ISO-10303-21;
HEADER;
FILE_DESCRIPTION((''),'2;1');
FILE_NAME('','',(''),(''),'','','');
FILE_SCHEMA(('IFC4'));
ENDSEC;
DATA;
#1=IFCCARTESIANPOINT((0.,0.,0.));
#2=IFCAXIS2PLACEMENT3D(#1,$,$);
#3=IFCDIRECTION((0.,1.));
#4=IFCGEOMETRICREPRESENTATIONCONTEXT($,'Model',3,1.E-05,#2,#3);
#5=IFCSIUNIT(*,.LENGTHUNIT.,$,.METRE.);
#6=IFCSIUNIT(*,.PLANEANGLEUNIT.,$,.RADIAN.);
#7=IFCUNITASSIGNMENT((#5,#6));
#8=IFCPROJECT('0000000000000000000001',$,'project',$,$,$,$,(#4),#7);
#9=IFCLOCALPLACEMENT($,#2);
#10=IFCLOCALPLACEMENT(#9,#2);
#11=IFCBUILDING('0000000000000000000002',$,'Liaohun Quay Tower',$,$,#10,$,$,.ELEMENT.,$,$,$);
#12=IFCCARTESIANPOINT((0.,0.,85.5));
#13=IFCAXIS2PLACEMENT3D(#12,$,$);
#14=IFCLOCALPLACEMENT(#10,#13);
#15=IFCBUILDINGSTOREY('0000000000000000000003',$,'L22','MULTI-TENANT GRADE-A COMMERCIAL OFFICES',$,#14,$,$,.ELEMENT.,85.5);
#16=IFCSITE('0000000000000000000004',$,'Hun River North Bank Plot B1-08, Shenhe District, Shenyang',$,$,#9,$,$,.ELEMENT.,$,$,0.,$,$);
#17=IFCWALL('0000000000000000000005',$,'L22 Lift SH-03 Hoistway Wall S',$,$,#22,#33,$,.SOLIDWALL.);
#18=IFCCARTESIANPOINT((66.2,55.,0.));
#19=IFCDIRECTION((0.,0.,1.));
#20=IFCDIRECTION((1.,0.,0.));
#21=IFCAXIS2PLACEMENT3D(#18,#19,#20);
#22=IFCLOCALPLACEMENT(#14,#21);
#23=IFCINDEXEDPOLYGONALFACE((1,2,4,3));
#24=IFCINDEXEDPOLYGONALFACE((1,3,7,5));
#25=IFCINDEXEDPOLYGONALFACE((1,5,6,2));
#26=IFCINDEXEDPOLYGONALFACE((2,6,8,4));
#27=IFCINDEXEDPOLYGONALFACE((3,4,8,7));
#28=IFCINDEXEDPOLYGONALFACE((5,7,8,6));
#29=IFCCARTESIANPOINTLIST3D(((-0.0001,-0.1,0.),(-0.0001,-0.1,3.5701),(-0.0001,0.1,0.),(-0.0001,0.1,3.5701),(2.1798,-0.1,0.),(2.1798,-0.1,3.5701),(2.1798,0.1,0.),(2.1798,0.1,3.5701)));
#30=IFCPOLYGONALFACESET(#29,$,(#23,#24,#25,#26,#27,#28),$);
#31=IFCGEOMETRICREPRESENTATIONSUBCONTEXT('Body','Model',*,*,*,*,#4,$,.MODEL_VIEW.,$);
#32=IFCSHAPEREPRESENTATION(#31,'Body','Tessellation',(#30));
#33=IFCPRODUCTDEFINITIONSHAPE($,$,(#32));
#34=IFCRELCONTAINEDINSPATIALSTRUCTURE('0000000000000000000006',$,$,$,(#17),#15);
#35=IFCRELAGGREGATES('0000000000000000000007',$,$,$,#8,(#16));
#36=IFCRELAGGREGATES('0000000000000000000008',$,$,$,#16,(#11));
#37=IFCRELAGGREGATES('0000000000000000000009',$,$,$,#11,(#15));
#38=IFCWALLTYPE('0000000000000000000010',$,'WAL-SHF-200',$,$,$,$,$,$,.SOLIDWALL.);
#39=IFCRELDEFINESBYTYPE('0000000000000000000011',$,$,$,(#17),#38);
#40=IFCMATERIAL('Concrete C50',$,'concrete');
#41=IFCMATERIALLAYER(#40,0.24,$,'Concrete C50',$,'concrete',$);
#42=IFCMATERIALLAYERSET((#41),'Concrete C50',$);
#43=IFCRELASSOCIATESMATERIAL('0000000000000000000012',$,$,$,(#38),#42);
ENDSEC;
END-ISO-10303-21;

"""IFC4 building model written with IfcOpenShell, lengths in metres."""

from ifc_helpers import new_model, si_unit, direction, frame, frame_2d, origin, place, context, subcontext, project, spatial, rectangle, extrude, material, layer, layer_set, type_object, element, save


model = new_model("IFC4")

# Units and contexts
model_context = context("Model", 3, precision=1e-05, world=origin(), true_north=direction((0.0, 1.0)))
body_context = subcontext(model_context, "Body", "Model", "MODEL_VIEW")
ifc_project = project(units=[si_unit("LENGTHUNIT", "METRE"), si_unit("PLANEANGLEUNIT", "RADIAN")], contexts=[model_context])

# Site, building, storey
site_placement = place(None, origin())
site = spatial("IfcSite", under=ifc_project, at=site_placement, Name="Hun River North Bank Plot B1-08, Shenhe District, Shenyang", CompositionType="ELEMENT", RefElevation=0.0)
building_placement = place(site_placement, origin())
building = spatial("IfcBuilding", under=site, at=building_placement, Name="Liaohun Quay Tower", CompositionType="ELEMENT")
storey_placement = place(building_placement, frame((0.0, 0.0, 85.5)))
storey = spatial("IfcBuildingStorey", under=building, at=storey_placement, Name="L22", Description="MULTI-TENANT GRADE-A COMMERCIAL OFFICES", CompositionType="ELEMENT", Elevation=85.5)

# Shared definitions
ifc_material_1 = material(Name="Concrete C50", Category="concrete")
ifc_layer_1 = layer(ifc_material_1, 0.24, Name="Concrete C50", Category="concrete")
ifc_layer_set_1 = layer_set([ifc_layer_1], Name="Concrete C50")
wall_type_1 = type_object("IfcWallType", Name="WAL-SHF-200", PredefinedType="SOLIDWALL", material=ifc_layer_set_1)

# Wall
wall_1_placement = place(storey_placement, frame((66.2, 55.0, 0.0), z_axis=(0.0, 0.0, 1.0), x_axis=(1.0, 0.0, 0.0)))
element("IfcWall", 1, at=wall_1_placement, inside=storey, type_object=wall_type_1, Name="L22 Lift SH-03 Hoistway Wall S", PredefinedType="SOLIDWALL", context=body_context, shape_type="SweptSolid", body=[
    extrude(rectangle(XDim=2.1799, YDim=0.2, at=frame_2d((1.0898, 0.0))), origin(), (0.0, 0.0, 1.0), 3.5701),
])

save(model, "model.ifc")
